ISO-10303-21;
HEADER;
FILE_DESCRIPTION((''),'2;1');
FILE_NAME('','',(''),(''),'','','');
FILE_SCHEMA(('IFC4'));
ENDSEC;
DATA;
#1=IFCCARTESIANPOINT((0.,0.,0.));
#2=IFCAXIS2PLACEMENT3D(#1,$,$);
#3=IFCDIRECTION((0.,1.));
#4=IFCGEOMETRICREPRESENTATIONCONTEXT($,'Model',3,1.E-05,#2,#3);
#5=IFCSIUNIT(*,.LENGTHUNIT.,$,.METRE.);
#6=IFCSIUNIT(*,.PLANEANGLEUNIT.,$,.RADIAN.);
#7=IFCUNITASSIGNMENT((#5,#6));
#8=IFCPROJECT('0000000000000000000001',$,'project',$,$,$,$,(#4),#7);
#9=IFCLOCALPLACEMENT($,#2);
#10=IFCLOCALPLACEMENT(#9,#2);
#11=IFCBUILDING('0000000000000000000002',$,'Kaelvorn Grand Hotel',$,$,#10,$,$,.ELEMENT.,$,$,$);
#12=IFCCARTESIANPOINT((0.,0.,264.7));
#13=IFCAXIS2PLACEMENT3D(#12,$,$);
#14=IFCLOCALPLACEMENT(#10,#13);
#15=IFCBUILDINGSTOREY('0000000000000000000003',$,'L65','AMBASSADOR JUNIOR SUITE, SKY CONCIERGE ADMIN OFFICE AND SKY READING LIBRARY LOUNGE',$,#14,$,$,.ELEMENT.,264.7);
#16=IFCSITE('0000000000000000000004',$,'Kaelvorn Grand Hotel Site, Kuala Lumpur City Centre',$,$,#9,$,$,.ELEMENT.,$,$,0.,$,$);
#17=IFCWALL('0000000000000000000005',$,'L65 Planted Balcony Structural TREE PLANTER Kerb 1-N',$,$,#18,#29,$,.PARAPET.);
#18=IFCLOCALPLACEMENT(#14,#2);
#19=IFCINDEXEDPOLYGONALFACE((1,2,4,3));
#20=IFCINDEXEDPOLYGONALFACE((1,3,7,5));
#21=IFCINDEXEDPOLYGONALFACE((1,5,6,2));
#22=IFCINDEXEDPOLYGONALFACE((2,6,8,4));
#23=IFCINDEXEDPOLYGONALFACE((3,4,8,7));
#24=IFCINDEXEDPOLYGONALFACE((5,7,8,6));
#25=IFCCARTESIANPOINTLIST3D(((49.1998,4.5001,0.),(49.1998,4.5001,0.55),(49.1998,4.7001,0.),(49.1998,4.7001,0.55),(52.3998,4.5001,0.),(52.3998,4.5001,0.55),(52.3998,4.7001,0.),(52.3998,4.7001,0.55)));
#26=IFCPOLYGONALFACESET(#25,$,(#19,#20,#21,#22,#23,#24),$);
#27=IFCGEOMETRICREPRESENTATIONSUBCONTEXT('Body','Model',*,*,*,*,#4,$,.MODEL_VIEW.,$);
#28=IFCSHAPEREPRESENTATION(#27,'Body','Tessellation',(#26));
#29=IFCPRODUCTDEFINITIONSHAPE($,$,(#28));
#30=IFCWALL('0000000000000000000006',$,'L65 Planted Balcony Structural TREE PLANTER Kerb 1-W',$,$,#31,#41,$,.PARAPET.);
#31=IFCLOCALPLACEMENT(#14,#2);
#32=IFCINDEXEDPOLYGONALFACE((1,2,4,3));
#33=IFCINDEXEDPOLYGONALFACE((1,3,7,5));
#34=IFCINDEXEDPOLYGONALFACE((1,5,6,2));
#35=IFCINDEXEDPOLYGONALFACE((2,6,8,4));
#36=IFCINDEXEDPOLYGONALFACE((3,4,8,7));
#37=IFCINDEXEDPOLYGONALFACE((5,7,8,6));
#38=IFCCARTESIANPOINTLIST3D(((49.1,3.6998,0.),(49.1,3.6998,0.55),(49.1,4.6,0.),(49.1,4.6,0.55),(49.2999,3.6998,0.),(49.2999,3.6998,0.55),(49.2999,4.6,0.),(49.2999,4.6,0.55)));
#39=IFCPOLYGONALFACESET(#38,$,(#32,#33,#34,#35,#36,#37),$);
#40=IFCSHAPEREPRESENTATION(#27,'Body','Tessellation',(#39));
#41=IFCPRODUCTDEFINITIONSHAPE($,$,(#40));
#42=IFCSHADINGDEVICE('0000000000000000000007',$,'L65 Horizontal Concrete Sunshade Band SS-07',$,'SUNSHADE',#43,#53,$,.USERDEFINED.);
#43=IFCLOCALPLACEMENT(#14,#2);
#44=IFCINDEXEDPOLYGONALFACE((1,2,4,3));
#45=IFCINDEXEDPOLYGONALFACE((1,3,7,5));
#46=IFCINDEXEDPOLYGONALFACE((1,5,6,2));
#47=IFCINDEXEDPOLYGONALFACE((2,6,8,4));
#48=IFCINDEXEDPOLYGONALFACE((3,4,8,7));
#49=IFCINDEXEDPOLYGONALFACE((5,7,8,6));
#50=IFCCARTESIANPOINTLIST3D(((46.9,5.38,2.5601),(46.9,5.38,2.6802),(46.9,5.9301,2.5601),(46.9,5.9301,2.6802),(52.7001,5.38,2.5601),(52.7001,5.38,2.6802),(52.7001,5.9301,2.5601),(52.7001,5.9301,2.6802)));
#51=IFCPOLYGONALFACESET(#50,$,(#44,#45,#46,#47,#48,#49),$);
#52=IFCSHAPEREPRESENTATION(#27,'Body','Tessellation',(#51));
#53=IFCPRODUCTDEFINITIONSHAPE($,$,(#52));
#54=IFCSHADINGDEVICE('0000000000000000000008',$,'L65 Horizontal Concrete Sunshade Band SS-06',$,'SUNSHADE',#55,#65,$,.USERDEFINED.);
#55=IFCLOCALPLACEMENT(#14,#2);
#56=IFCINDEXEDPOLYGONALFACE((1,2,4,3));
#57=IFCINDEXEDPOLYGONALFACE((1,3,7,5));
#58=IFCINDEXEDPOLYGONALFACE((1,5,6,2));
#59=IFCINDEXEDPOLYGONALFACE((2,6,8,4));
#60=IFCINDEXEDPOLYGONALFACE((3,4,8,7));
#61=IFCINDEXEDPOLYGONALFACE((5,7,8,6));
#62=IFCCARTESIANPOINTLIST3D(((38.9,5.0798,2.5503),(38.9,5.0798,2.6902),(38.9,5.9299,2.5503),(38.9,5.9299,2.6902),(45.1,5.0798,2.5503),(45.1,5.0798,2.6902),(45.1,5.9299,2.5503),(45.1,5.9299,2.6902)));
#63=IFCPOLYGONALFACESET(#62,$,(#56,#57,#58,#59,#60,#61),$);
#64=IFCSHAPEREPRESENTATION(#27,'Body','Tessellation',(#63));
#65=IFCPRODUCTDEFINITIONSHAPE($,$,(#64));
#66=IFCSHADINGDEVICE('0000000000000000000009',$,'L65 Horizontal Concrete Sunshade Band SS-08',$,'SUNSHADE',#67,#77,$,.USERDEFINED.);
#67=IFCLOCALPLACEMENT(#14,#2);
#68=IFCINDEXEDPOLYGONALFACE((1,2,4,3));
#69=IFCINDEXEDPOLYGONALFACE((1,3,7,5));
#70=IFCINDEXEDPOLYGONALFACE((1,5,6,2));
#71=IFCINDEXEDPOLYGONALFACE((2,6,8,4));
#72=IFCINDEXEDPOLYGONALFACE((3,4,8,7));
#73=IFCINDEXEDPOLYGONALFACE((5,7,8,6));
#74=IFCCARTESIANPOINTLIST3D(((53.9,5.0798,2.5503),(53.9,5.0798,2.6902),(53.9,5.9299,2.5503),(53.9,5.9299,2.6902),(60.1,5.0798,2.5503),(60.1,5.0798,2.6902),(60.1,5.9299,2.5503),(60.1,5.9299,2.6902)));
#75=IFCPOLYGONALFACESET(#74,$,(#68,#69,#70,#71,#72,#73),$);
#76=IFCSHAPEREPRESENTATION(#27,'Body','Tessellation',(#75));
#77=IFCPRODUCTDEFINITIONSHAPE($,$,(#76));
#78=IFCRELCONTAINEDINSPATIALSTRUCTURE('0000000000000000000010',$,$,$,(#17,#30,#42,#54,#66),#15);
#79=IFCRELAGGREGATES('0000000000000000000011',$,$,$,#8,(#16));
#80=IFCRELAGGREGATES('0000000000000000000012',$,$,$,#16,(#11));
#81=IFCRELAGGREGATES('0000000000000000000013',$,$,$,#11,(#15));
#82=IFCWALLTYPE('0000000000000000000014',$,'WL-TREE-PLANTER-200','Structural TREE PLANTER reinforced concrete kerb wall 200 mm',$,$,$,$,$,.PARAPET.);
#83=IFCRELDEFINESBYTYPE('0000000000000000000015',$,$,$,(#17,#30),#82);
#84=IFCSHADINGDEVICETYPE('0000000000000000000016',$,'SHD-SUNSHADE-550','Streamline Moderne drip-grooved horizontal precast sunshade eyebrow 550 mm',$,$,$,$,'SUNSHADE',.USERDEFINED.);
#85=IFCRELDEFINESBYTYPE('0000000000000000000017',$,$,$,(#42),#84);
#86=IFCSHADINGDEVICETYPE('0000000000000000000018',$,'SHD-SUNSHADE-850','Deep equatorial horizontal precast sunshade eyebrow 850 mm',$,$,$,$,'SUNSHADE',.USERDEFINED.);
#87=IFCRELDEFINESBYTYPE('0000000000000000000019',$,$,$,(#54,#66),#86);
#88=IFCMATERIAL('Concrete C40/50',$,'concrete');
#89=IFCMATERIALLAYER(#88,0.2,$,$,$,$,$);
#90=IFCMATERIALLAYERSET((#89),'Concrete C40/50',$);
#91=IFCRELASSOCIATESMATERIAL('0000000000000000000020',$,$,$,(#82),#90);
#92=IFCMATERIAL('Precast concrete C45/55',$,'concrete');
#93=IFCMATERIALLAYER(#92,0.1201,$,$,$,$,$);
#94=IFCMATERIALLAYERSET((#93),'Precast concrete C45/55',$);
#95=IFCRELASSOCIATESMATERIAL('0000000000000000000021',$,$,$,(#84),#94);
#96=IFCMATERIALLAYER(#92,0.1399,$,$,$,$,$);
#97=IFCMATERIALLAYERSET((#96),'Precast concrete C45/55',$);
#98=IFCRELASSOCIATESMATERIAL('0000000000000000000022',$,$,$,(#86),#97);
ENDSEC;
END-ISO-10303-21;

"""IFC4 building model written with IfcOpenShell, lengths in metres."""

from ifc_helpers import new_model, si_unit, direction, frame, frame_2d, origin, origin_2d, place, context, subcontext, project, spatial, rectangle, extrude, material, layer, layer_set, type_object, element, save


model = new_model("IFC4")

# Units and contexts
model_context = context("Model", 3, precision=1e-05, world=origin(), true_north=direction((0.0, 1.0)))
body_context = subcontext(model_context, "Body", "Model", "MODEL_VIEW")
ifc_project = project(units=[si_unit("LENGTHUNIT", "METRE"), si_unit("PLANEANGLEUNIT", "RADIAN")], contexts=[model_context])

# Site, building, storey
site_placement = place(None, origin())
site = spatial("IfcSite", under=ifc_project, at=site_placement, Name="Kaelvorn Grand Hotel Site, Kuala Lumpur City Centre", CompositionType="ELEMENT", RefElevation=0.0)
building_placement = place(site_placement, origin())
building = spatial("IfcBuilding", under=site, at=building_placement, Name="Kaelvorn Grand Hotel", CompositionType="ELEMENT")
storey_placement = place(building_placement, frame((0.0, 0.0, 264.7)))
storey = spatial("IfcBuildingStorey", under=building, at=storey_placement, Name="L65", Description="AMBASSADOR JUNIOR SUITE, SKY CONCIERGE ADMIN OFFICE AND SKY READING LIBRARY LOUNGE", CompositionType="ELEMENT", Elevation=264.7)

# Shared definitions
ifc_material_1 = material(Name="Concrete C40/50", Category="concrete")

# Walls
ifc_layer_1 = layer(ifc_material_1, 0.2)
ifc_layer_set_1 = layer_set([ifc_layer_1], Name="Concrete C40/50")
wall_type_1 = type_object("IfcWallType", Name="WL-TREE-PLANTER-200", Description="Structural TREE PLANTER reinforced concrete kerb wall 200 mm", PredefinedType="PARAPET", material=ifc_layer_set_1)
wall_1_placement = place(storey_placement, frame((52.3999, 4.6001, 0.0), z_axis=(0.0, 0.0, 1.0), x_axis=(-1.0, 0.0, 0.0)))
element("IfcWall", 1, at=wall_1_placement, inside=storey, type_object=wall_type_1, Name="L65 Planted Balcony Structural TREE PLANTER Kerb 1-N", PredefinedType="PARAPET", context=body_context, shape_type="SweptSolid", body=[
    extrude(rectangle(XDim=3.2, YDim=0.2, at=frame_2d((1.6001, 0.0))), origin(), (0.0, 0.0, 1.0), 0.55),
])
wall_2_placement = place(storey_placement, frame((49.2, 4.6001, 0.0), z_axis=(0.0, 0.0, 1.0), x_axis=(0.0, -1.0, 0.0)))
element("IfcWall", 2, at=wall_2_placement, inside=storey, type_object=wall_type_1, Name="L65 Planted Balcony Structural TREE PLANTER Kerb 1-W", PredefinedType="PARAPET", context=body_context, shape_type="SweptSolid", body=[
    extrude(rectangle(XDim=0.9001, YDim=0.2, at=frame_2d((0.4502, 0.0))), origin(), (0.0, 0.0, 1.0), 0.55),
])

# Shading devices
ifc_material_2 = material(Name="Precast concrete C45/55", Category="concrete")
ifc_layer_2 = layer(ifc_material_2, 0.1201)
ifc_layer_set_2 = layer_set([ifc_layer_2], Name="Precast concrete C45/55")
shading_device_type_1 = type_object("IfcShadingDeviceType", Name="SHD-SUNSHADE-550", Description="Streamline Moderne drip-grooved horizontal precast sunshade eyebrow 550 mm", ElementType="SUNSHADE", PredefinedType="USERDEFINED", material=ifc_layer_set_2)
shading_device_placement = place(storey_placement, frame((49.8, 5.655, 2.5601), z_axis=(0.0, 0.0, 1.0), x_axis=(1.0, 0.0, 0.0)))
element("IfcShadingDevice", 3, at=shading_device_placement, inside=storey, type_object=shading_device_type_1, Name="L65 Horizontal Concrete Sunshade Band SS-07", ObjectType="SUNSHADE", PredefinedType="USERDEFINED", context=body_context, shape_type="SweptSolid", body=[
    extrude(rectangle(XDim=5.8, YDim=0.55, at=origin_2d()), origin(), (0.0, 0.0, 1.0), 0.1201),
])
ifc_layer_3 = layer(ifc_material_2, 0.1399)
ifc_layer_set_3 = layer_set([ifc_layer_3], Name="Precast concrete C45/55")
shading_device_type_2 = type_object("IfcShadingDeviceType", Name="SHD-SUNSHADE-850", Description="Deep equatorial horizontal precast sunshade eyebrow 850 mm", ElementType="SUNSHADE", PredefinedType="USERDEFINED", material=ifc_layer_set_3)
for number, where, z_axis, x_axis, name in (
    (4, (42.0, 5.5049, 2.5503), (0.0, 0.0, 1.0), (1.0, 0.0, 0.0), "L65 Horizontal Concrete Sunshade Band SS-06"),
    (5, (57.0, 5.5049, 2.5503), (0.0, 0.0, 1.0), (1.0, 0.0, 0.0), "L65 Horizontal Concrete Sunshade Band SS-08"),
):
    element("IfcShadingDevice", number, at=place(storey_placement, frame(where, z_axis=z_axis, x_axis=x_axis)), inside=storey, type_object=shading_device_type_2, Name=name, ObjectType="SUNSHADE", PredefinedType="USERDEFINED", context=body_context, shape_type="SweptSolid", body=[
        extrude(rectangle(XDim=6.2, YDim=0.8501, at=origin_2d()), origin(), (0.0, 0.0, 1.0), 0.1399),
    ])

save(model, "model.ifc")
